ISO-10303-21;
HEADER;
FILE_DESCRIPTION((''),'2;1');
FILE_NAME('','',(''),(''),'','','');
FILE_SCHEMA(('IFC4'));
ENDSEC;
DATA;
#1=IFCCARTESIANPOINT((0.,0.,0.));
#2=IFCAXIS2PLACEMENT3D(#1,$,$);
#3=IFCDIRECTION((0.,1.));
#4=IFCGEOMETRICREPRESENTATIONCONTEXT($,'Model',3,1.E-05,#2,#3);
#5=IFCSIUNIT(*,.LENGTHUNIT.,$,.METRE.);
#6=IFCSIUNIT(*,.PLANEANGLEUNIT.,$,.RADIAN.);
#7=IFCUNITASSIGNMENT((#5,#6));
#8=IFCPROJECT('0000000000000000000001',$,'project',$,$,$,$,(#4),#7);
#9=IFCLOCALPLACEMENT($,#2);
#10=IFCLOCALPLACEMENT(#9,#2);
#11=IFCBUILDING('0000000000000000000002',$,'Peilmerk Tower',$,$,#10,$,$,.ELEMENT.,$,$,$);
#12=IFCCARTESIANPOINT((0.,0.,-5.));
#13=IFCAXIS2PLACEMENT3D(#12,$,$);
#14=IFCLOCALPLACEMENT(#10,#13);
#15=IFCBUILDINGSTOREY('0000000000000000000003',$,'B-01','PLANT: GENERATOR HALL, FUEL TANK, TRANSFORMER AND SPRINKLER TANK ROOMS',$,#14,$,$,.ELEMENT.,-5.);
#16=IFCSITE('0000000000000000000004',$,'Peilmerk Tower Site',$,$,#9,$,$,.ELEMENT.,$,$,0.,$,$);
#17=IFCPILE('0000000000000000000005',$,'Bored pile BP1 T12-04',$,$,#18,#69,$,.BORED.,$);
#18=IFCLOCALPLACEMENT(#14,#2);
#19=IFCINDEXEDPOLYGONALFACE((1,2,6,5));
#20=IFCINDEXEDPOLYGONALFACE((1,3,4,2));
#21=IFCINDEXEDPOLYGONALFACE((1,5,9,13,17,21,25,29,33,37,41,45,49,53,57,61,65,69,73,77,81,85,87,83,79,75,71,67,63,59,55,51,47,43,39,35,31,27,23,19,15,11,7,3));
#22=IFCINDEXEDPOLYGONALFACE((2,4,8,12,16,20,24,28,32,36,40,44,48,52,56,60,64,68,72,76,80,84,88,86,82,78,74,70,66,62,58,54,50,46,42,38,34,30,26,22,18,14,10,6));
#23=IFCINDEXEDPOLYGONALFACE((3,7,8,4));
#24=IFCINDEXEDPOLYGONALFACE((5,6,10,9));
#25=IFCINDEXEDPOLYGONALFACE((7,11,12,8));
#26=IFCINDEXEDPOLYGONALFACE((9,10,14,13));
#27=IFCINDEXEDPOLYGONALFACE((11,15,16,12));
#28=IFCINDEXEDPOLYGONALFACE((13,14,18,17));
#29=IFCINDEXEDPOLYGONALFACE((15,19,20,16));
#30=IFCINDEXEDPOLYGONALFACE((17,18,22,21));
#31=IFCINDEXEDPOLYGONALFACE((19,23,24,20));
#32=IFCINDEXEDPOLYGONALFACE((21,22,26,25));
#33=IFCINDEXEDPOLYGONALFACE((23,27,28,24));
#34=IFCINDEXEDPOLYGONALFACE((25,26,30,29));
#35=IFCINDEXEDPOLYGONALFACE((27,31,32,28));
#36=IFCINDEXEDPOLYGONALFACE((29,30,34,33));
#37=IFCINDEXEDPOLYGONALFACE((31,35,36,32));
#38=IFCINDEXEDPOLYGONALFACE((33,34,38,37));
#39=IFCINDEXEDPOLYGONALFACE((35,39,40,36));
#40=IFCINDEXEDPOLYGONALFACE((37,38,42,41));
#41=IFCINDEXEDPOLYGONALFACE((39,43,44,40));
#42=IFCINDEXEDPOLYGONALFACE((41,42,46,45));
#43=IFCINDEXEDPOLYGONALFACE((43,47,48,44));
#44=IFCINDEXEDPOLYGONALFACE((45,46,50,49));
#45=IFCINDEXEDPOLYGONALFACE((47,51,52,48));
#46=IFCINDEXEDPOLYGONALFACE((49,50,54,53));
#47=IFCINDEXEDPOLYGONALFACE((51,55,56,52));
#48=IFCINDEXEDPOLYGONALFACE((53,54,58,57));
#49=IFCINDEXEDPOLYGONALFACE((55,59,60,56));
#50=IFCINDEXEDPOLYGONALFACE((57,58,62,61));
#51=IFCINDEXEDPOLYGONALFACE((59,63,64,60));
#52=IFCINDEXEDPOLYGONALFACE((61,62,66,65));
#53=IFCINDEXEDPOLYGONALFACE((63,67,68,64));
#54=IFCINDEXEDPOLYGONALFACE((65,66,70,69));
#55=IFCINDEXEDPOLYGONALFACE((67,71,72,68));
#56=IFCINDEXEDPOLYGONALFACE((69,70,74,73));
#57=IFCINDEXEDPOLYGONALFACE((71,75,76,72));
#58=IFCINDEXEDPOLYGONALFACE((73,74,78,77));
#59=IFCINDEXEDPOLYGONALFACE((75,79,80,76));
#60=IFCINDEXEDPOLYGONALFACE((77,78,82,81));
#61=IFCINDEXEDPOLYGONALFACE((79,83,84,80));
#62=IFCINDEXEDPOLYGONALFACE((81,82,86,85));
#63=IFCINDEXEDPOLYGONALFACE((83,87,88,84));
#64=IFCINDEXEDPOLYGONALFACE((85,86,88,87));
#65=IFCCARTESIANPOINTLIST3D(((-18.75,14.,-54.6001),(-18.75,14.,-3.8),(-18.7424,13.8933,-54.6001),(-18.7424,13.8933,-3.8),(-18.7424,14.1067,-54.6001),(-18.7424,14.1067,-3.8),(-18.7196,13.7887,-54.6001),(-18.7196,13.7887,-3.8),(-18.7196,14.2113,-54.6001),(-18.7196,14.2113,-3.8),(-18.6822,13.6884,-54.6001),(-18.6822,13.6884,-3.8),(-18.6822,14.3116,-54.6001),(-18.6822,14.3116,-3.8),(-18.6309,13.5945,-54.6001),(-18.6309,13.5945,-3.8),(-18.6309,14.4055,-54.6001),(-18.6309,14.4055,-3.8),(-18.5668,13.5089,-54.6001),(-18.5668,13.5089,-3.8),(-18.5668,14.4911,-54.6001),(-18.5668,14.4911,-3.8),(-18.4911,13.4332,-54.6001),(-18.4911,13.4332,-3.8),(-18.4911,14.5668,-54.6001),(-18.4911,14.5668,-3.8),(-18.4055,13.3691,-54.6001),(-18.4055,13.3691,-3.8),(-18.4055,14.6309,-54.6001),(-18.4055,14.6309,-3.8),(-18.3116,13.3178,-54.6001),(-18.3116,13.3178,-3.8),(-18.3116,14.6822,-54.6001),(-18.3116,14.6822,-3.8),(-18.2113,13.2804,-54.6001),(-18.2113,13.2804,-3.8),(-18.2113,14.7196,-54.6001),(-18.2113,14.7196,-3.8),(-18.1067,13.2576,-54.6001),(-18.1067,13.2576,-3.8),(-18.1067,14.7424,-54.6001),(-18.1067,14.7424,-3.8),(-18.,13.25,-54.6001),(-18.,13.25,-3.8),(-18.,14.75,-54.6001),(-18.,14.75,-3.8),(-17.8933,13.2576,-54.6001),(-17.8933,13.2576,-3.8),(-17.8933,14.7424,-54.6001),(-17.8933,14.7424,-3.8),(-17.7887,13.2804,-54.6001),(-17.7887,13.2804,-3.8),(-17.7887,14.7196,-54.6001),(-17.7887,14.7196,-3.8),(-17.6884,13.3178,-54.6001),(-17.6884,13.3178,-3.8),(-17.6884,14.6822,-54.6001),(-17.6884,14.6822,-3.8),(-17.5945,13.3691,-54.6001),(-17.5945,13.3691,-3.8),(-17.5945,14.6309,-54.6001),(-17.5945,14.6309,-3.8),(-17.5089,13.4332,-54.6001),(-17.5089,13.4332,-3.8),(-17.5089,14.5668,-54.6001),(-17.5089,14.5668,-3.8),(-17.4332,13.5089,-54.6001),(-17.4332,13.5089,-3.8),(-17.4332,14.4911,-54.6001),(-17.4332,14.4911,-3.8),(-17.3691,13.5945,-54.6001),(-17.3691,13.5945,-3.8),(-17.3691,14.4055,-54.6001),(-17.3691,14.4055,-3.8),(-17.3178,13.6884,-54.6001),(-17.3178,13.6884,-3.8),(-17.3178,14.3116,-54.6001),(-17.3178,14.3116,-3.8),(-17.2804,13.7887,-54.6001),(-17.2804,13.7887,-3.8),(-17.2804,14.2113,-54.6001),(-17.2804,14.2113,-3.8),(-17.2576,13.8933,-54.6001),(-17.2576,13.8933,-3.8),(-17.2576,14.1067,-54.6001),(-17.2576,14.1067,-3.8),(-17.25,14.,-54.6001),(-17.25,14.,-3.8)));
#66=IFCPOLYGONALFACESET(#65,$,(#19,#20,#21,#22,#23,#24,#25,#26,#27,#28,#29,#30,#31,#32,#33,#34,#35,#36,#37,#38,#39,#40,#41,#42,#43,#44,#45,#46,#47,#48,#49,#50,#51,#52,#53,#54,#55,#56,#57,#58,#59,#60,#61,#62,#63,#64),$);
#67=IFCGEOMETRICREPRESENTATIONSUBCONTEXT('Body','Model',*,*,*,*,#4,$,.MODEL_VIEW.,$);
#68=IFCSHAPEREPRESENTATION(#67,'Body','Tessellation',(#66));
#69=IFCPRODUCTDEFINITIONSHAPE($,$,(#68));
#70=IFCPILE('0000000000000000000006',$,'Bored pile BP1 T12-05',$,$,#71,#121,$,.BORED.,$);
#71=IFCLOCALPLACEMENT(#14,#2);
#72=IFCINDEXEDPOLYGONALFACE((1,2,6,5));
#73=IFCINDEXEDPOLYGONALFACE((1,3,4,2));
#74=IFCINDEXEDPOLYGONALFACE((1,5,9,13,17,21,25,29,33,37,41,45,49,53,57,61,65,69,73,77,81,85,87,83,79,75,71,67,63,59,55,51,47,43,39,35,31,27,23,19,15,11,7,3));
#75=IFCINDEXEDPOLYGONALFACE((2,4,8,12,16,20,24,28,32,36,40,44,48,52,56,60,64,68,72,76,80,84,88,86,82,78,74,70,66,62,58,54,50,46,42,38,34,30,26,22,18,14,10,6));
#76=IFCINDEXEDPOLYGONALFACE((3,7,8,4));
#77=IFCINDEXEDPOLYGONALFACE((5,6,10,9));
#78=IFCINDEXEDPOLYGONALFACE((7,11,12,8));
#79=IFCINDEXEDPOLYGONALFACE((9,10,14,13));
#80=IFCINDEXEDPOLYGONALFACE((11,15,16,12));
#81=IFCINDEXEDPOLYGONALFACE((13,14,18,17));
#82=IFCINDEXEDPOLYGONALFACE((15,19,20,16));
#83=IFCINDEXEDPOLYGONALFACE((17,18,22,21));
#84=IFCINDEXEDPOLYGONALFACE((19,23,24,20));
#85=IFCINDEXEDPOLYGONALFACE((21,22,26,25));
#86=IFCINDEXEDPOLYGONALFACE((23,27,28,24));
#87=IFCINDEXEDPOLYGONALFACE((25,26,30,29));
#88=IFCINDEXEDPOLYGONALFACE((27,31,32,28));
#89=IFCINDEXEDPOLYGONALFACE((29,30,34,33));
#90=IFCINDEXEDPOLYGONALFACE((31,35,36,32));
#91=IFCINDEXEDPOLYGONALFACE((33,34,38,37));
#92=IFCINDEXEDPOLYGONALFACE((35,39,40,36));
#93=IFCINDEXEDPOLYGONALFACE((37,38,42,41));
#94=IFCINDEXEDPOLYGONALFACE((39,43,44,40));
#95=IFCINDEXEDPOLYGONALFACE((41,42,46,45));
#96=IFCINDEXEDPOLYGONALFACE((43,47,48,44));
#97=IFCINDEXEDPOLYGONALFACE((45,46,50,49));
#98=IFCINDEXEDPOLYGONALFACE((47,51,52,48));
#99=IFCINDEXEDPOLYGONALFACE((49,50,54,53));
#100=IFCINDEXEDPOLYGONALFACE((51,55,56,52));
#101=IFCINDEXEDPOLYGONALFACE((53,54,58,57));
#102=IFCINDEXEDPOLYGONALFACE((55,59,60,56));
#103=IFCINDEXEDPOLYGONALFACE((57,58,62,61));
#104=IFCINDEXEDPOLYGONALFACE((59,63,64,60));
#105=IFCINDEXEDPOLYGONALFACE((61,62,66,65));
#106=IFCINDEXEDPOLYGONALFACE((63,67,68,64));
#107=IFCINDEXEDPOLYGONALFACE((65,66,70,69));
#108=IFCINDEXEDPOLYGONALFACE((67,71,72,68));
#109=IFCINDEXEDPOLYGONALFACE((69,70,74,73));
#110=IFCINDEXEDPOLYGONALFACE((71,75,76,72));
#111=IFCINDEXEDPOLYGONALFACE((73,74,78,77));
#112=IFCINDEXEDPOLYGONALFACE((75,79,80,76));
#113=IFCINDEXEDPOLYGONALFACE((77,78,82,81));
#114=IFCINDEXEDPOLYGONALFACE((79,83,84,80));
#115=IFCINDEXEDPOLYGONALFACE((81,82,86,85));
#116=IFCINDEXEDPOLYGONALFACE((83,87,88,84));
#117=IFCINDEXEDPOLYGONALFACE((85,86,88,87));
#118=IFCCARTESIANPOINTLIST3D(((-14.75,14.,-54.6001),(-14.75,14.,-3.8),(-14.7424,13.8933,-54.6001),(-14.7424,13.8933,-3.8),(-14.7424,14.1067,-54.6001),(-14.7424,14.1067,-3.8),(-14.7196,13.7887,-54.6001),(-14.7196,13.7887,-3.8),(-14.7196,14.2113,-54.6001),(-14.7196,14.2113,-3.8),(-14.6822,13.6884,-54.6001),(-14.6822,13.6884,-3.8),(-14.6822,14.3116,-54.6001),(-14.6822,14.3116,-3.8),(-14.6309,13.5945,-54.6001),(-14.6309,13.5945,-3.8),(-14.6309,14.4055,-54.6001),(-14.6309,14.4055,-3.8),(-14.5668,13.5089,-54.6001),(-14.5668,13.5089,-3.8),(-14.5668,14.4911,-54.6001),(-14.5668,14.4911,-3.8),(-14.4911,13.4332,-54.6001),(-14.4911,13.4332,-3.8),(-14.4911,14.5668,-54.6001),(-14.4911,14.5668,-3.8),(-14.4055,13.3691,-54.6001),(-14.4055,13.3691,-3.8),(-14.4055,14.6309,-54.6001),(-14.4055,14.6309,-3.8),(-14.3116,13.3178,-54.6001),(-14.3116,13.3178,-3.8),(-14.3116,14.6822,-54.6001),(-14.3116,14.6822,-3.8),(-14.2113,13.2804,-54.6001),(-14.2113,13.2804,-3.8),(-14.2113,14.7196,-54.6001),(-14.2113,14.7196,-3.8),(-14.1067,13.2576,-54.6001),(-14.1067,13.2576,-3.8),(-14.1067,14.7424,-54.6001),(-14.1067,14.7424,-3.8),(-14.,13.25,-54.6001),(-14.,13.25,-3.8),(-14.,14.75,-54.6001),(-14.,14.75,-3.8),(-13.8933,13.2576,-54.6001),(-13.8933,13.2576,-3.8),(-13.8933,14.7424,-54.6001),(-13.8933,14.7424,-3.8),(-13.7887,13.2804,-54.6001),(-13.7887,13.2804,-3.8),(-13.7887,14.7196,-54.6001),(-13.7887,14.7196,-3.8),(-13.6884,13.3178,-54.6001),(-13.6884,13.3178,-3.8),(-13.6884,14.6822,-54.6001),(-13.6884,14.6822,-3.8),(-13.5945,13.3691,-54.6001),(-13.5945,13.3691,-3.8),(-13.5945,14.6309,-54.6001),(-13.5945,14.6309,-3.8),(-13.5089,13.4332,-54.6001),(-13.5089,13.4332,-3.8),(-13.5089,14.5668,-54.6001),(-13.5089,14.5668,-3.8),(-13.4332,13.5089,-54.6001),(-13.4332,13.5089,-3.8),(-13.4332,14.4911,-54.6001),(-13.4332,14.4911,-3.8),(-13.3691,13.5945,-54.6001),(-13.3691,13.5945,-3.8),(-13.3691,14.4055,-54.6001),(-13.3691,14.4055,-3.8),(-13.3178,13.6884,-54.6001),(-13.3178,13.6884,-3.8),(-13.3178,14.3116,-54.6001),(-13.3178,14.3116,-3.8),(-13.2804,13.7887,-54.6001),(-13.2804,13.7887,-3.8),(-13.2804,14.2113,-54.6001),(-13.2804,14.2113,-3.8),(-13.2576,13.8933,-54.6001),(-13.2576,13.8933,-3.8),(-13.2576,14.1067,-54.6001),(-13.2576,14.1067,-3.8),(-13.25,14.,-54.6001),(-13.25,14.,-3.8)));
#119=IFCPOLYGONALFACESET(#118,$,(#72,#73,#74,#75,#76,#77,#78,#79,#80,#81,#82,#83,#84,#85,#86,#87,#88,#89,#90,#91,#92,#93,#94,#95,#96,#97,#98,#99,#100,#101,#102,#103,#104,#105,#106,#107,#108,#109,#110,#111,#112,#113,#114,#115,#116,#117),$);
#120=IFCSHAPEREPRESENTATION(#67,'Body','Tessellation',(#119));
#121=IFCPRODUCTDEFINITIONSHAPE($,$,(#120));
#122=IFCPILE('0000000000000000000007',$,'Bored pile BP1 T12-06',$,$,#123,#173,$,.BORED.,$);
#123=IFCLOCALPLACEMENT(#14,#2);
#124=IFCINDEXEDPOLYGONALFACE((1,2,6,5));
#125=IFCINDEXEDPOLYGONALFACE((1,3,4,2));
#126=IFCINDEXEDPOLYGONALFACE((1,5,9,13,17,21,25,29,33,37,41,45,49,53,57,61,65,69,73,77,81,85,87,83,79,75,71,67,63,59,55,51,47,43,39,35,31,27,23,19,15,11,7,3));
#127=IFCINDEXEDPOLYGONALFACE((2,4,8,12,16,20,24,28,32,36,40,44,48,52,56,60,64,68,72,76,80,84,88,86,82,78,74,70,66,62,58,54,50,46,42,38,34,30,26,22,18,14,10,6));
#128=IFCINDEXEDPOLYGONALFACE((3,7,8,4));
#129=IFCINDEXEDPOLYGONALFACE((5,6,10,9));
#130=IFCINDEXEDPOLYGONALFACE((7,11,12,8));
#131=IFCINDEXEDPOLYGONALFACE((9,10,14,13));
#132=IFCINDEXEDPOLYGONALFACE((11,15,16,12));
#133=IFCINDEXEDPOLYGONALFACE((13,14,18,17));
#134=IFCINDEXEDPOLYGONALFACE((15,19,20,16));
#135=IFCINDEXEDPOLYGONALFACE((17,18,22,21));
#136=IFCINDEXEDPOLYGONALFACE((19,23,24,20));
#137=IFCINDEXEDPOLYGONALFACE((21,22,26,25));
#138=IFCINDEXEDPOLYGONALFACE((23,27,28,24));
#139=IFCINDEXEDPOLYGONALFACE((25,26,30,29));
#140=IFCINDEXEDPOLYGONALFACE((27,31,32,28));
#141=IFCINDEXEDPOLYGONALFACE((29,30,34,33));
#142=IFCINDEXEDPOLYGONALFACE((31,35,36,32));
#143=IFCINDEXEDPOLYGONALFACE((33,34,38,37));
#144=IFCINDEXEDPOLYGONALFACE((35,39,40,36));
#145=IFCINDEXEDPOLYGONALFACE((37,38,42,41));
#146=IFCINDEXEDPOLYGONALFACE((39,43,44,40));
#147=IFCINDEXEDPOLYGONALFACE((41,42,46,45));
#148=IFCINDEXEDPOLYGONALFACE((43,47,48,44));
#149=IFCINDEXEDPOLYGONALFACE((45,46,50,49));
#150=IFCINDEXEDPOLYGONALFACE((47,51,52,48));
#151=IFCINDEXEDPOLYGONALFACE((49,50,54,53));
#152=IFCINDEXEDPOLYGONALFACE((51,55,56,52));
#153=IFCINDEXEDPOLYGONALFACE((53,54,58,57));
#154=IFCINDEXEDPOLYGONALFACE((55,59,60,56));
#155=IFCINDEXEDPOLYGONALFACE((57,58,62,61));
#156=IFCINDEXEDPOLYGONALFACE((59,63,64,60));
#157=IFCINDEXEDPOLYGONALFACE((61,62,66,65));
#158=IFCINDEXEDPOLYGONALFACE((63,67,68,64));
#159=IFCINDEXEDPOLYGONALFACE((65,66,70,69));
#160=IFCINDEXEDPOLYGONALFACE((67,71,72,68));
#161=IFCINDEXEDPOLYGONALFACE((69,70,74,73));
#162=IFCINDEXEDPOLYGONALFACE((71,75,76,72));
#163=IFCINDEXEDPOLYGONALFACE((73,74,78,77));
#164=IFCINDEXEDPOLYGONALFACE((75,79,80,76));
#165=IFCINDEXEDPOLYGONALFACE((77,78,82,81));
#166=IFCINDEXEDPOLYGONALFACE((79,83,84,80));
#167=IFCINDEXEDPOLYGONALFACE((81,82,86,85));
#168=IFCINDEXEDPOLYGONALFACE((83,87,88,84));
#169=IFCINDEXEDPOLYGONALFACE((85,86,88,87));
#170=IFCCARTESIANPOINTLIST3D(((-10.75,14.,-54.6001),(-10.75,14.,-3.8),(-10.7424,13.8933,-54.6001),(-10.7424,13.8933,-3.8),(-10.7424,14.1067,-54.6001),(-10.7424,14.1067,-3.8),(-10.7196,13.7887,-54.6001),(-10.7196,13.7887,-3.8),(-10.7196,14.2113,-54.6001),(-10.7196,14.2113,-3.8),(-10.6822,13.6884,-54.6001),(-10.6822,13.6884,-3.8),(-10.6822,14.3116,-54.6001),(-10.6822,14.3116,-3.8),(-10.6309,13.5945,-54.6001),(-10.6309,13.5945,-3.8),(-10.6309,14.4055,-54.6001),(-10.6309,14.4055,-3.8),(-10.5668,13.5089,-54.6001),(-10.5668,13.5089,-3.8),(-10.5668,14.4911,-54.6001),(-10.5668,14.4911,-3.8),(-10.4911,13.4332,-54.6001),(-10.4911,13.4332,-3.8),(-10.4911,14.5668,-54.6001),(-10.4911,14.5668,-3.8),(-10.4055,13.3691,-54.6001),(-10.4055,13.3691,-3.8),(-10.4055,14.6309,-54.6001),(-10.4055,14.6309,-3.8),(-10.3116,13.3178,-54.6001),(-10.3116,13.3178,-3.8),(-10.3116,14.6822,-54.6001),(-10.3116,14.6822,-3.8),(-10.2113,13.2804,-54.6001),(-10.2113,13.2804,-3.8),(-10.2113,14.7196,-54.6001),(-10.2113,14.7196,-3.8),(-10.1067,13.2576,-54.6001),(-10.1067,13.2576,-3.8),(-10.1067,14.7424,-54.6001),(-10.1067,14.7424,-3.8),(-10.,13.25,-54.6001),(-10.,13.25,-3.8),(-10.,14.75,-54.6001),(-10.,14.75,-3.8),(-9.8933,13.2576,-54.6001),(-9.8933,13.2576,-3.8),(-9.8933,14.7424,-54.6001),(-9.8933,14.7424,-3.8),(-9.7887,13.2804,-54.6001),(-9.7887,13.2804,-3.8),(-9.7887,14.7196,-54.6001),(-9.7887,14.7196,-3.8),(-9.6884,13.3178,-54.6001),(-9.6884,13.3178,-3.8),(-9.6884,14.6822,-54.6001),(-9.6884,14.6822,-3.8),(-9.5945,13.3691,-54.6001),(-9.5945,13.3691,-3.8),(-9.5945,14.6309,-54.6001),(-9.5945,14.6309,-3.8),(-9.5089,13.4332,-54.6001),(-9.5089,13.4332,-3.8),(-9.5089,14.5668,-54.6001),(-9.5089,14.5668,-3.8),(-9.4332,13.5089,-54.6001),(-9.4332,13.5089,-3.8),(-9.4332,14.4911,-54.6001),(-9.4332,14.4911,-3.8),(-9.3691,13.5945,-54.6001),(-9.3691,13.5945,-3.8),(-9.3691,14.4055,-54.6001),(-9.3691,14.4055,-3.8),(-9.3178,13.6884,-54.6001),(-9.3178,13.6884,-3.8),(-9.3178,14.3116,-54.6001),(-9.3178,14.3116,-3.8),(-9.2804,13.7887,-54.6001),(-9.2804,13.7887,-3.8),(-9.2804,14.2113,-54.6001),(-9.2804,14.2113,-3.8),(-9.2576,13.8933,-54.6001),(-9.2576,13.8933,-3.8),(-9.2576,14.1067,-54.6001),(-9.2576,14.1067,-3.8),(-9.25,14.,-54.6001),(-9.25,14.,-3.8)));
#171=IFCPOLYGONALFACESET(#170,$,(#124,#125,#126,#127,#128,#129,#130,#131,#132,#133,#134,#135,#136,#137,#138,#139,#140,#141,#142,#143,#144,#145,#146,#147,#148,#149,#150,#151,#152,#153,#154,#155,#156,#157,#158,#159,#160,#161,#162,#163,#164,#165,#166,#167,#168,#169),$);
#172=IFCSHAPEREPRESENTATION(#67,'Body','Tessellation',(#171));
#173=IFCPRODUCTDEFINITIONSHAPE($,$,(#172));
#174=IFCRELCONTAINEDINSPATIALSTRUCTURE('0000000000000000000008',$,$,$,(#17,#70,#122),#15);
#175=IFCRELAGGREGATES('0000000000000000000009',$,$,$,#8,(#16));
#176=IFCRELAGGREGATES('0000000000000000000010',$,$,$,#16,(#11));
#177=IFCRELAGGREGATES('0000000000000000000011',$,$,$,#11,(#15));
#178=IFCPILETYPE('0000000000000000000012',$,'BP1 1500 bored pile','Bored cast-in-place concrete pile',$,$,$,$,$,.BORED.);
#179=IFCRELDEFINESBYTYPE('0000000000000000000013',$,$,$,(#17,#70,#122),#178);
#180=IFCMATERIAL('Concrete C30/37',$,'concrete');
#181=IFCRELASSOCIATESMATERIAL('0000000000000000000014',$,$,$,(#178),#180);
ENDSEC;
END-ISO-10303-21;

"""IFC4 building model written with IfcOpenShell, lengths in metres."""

from ifc_helpers import new_model, si_unit, direction, frame, origin, origin_2d, place, context, subcontext, project, spatial, circle, extrude, material, material_profile, profile_set, type_object, element, save


model = new_model("IFC4")

# Units and contexts
model_context = context("Model", 3, precision=1e-05, world=origin(), true_north=direction((0.0, 1.0)))
body_context = subcontext(model_context, "Body", "Model", "MODEL_VIEW")
ifc_project = project(units=[si_unit("LENGTHUNIT", "METRE"), si_unit("PLANEANGLEUNIT", "RADIAN")], contexts=[model_context])

# Site, building, storey
site_placement = place(None, origin())
site = spatial("IfcSite", under=ifc_project, at=site_placement, Name="Peilmerk Tower Site", CompositionType="ELEMENT", RefElevation=0.0)
building_placement = place(site_placement, origin())
building = spatial("IfcBuilding", under=site, at=building_placement, Name="Peilmerk Tower", CompositionType="ELEMENT")
storey_placement = place(building_placement, frame((0.0, 0.0, -5.0)))
storey = spatial("IfcBuildingStorey", under=building, at=storey_placement, Name="B-01", Description="PLANT: GENERATOR HALL, FUEL TANK, TRANSFORMER AND SPRINKLER TANK ROOMS", CompositionType="ELEMENT", Elevation=-5.0)

# Piles
ifc_material_1 = material(Name="Concrete C30/37", Category="concrete")
ifc_material_profile = material_profile(ifc_material_1, circle(Radius=0.75, at=origin_2d()), Name="BP 1500")
ifc_profile_set = profile_set([ifc_material_profile], Name="Concrete C30/37")
pile_type = type_object("IfcPileType", Name="BP1 1500 bored pile", Description="Bored cast-in-place concrete pile", PredefinedType="BORED", material=ifc_profile_set)
for number, where, z_axis, x_axis, name in (
    (1, (-18.0, 14.0, -3.8), (0.0, 0.0, -1.0), (1.0, 0.0, 0.0), "Bored pile BP1 T12-04"),
    (2, (-14.0, 14.0, -3.8), (0.0, 0.0, -1.0), (1.0, 0.0, 0.0), "Bored pile BP1 T12-05"),
    (3, (-10.0, 14.0, -3.8), (0.0, 0.0, -1.0), (1.0, 0.0, 0.0), "Bored pile BP1 T12-06"),
):
    element("IfcPile", number, at=place(storey_placement, frame(where, z_axis=z_axis, x_axis=x_axis)), inside=storey, type_object=pile_type, Name=name, PredefinedType="BORED", context=body_context, shape_type="SweptSolid", body=[
        extrude(circle(Radius=0.75, at=origin_2d()), origin(), (0.0, 0.0, 1.0), 50.8),
    ])

save(model, "model.ifc")
